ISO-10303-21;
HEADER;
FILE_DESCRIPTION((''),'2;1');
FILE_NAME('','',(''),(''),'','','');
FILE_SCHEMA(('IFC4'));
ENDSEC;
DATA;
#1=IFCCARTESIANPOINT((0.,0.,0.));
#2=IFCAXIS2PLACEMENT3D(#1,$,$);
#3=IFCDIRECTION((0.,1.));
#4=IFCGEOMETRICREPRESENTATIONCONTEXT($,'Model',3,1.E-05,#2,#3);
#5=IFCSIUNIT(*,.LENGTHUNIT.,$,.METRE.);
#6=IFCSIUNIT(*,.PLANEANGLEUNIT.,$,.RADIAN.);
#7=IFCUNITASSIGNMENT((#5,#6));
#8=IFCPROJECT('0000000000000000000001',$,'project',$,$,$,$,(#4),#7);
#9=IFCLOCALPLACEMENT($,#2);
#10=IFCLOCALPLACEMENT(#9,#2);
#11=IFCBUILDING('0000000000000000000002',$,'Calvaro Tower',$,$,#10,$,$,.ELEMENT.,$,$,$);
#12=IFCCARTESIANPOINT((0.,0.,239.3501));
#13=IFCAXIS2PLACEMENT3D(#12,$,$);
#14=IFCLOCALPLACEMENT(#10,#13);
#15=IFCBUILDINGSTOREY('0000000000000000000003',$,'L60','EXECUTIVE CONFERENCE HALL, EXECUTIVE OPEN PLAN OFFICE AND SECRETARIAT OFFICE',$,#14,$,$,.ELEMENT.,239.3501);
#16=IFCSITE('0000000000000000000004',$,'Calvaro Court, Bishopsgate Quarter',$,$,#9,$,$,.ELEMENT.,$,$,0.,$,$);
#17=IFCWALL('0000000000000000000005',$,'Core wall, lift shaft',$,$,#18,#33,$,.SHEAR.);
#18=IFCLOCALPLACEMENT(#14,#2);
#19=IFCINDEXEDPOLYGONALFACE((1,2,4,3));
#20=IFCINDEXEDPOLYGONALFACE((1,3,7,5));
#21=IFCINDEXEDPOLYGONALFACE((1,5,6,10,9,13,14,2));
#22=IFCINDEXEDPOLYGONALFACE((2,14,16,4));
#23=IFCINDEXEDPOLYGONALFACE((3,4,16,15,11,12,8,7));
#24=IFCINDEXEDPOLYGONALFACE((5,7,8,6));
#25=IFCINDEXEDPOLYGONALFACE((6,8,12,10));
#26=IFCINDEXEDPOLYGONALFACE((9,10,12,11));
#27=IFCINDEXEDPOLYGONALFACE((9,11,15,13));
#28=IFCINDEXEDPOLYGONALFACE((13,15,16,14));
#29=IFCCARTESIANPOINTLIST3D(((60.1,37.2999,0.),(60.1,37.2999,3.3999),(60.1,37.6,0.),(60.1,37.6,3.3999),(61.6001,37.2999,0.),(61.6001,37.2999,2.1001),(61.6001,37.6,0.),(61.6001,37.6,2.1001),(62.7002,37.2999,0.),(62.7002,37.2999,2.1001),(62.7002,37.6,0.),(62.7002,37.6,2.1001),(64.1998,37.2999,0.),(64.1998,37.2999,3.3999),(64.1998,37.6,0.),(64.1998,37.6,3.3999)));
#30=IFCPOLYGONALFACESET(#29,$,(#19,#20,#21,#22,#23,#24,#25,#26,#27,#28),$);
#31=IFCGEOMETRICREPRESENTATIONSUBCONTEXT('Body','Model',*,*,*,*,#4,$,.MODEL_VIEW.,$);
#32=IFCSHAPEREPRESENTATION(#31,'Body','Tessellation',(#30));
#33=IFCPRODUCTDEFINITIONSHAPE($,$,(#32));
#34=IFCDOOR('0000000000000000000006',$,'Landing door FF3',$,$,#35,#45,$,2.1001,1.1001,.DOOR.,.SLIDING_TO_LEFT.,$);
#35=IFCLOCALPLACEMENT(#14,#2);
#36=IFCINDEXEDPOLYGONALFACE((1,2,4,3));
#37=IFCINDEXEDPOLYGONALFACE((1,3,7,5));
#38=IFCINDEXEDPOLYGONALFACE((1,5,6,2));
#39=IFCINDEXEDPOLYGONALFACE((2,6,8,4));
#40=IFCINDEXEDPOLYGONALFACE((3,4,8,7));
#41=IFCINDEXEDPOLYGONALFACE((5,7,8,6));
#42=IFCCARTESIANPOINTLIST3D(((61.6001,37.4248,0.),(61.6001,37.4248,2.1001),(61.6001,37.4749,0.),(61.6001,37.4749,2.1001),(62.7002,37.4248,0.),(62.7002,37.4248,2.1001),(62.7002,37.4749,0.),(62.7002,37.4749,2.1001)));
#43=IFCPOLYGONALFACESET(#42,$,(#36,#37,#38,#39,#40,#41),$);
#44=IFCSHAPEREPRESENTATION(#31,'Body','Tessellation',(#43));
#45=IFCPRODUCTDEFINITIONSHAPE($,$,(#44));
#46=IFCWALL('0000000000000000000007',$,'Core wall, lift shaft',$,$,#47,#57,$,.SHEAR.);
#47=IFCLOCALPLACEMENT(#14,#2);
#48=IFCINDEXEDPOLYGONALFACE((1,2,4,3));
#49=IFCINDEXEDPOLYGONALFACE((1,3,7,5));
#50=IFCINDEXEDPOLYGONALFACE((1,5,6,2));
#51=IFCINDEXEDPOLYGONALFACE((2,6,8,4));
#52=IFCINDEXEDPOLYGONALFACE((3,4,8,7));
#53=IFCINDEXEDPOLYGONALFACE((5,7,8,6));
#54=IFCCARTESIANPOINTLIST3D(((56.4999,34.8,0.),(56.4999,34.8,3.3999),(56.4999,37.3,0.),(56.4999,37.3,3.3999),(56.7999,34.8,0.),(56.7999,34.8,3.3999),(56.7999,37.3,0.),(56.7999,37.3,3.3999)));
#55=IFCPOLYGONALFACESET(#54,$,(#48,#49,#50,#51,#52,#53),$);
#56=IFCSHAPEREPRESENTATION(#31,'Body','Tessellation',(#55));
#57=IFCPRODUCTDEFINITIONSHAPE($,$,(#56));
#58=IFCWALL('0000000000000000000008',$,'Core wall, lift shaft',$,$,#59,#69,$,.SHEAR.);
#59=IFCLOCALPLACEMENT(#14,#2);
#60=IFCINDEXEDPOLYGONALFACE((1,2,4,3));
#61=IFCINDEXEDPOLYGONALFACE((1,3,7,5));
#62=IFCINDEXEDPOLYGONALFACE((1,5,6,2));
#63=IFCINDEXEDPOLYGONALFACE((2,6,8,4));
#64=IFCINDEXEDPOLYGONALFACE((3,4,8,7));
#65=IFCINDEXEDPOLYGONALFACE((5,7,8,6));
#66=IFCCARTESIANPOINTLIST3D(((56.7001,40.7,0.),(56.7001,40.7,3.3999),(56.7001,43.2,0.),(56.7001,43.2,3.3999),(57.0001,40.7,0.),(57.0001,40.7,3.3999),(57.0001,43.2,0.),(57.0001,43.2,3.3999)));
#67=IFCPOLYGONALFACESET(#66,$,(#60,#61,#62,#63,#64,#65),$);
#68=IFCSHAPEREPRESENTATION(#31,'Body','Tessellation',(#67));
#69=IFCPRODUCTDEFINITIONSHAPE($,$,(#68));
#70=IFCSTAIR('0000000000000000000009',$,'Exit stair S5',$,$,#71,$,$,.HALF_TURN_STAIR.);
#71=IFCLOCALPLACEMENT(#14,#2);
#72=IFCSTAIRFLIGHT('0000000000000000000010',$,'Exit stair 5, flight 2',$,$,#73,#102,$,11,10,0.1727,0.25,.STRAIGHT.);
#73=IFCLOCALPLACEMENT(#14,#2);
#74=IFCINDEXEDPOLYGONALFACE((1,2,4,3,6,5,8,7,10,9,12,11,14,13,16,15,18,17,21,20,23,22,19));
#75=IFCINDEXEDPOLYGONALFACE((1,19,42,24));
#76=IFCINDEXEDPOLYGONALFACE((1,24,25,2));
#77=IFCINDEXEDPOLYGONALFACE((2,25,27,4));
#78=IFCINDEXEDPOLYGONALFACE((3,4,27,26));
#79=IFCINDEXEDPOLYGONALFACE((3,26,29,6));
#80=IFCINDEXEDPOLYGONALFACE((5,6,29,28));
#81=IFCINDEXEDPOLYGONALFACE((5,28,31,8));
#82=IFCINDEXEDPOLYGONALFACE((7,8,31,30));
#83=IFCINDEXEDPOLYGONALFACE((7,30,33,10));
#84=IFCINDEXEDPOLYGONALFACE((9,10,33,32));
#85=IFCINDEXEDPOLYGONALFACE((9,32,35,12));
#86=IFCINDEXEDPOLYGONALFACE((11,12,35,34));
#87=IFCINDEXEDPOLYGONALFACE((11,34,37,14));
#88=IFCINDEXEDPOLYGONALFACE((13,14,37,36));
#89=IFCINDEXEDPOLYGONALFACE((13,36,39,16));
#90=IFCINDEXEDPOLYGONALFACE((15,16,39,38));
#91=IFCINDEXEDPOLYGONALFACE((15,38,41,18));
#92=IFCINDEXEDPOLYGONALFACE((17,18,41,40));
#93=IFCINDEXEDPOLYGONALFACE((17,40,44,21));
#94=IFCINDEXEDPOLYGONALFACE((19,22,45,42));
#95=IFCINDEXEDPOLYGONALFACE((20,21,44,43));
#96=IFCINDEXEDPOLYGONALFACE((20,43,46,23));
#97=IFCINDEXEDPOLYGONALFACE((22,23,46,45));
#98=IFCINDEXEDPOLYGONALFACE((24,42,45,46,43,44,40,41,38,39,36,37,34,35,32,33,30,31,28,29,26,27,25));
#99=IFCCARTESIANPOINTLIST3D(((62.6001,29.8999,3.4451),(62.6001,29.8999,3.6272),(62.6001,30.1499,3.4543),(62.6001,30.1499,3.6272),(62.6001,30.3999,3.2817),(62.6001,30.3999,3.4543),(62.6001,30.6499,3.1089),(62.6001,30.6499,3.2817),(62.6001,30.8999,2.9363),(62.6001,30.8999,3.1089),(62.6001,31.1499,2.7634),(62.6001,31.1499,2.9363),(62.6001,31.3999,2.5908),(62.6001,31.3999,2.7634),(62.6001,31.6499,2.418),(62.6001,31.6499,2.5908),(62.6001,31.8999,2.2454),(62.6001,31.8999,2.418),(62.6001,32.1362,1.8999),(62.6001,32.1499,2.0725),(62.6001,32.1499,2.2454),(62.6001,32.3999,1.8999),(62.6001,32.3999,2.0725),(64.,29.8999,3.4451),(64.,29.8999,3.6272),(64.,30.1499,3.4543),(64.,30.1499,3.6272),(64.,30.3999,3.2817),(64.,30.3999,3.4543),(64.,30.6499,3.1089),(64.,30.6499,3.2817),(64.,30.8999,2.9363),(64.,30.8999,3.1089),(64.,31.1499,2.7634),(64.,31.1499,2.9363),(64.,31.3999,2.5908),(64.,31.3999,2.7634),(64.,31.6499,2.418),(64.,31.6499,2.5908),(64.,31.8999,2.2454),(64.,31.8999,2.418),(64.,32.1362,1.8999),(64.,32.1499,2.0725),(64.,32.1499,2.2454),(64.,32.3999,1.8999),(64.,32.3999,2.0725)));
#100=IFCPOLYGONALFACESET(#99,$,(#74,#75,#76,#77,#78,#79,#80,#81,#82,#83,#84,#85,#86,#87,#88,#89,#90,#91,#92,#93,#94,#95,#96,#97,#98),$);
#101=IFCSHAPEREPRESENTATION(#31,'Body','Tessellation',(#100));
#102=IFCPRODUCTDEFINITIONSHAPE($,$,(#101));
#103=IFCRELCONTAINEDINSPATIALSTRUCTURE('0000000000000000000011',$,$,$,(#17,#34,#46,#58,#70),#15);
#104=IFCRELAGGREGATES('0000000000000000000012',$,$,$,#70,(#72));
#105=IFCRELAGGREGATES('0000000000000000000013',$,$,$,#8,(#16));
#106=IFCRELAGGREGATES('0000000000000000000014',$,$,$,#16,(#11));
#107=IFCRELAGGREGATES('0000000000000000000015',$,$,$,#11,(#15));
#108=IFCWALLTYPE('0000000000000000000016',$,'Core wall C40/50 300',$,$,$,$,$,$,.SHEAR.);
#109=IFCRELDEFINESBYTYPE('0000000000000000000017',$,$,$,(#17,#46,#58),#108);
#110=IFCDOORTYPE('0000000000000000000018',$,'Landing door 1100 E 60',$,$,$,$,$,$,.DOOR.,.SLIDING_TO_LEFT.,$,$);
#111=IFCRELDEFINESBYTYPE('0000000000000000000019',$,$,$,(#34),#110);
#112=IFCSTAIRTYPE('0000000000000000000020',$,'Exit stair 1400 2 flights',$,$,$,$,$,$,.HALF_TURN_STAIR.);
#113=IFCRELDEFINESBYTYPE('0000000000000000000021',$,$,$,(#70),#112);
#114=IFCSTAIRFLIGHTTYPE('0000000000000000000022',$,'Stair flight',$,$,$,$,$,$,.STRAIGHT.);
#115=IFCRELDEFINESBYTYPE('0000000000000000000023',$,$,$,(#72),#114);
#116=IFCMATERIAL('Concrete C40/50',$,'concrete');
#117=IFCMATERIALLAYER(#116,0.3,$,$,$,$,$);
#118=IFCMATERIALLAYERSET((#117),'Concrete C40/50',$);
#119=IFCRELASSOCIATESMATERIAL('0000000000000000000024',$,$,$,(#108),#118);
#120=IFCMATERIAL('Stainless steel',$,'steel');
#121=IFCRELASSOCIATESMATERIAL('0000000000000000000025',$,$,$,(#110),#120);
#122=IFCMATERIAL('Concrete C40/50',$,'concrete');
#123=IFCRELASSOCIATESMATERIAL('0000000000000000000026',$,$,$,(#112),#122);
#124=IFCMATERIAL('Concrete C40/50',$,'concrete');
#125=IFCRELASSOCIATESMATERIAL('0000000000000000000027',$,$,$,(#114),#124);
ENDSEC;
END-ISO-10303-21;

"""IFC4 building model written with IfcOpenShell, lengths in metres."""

from ifc_helpers import new_model, si_unit, direction, frame, frame_2d, origin, place, context, subcontext, project, spatial, polyline, rectangle, outline, extrude, material, layer, layer_set, type_object, element, fill, aggregate, save


model = new_model("IFC4")

# Units and contexts
model_context = context("Model", 3, precision=1e-05, world=origin(), true_north=direction((0.0, 1.0)))
body_context = subcontext(model_context, "Body", "Model", "MODEL_VIEW")
ifc_project = project(units=[si_unit("LENGTHUNIT", "METRE"), si_unit("PLANEANGLEUNIT", "RADIAN")], contexts=[model_context])

# Site, building, storey
site_placement = place(None, origin())
site = spatial("IfcSite", under=ifc_project, at=site_placement, Name="Calvaro Court, Bishopsgate Quarter", CompositionType="ELEMENT", RefElevation=0.0)
building_placement = place(site_placement, origin())
building = spatial("IfcBuilding", under=site, at=building_placement, Name="Calvaro Tower", CompositionType="ELEMENT")
storey_placement = place(building_placement, frame((0.0, 0.0, 239.3501)))
storey = spatial("IfcBuildingStorey", under=building, at=storey_placement, Name="L60", Description="EXECUTIVE CONFERENCE HALL, EXECUTIVE OPEN PLAN OFFICE AND SECRETARIAT OFFICE", CompositionType="ELEMENT", Elevation=239.3501)

# Shared definitions
ifc_material_1 = material(Name="Concrete C40/50", Category="concrete")
ifc_layer_1 = layer(ifc_material_1, 0.3)
ifc_layer_set_1 = layer_set([ifc_layer_1], Name="Concrete C40/50")
wall_type_1 = type_object("IfcWallType", Name="Core wall C40/50 300", PredefinedType="SHEAR", material=ifc_layer_set_1)

# Wall, opening, door
wall_1_placement = place(storey_placement, frame((60.1001, 37.45, 0.0), z_axis=(0.0, 0.0, 1.0), x_axis=(1.0, 0.0, 0.0)))
wall_1 = element("IfcWall", 1, at=wall_1_placement, inside=storey, type_object=wall_type_1, Name="Core wall, lift shaft", PredefinedType="SHEAR", context=body_context, shape_type="SweptSolid", body=[
    extrude(rectangle(XDim=4.0999, YDim=0.3, at=frame_2d((2.0498, 0.0))), origin(), (0.0, 0.0, 1.0), 3.3999),
])
opening_1_placement = place(wall_1_placement, frame((1.5, 0.0, 0.0)))
opening_1 = element("IfcOpeningElement", 2, at=opening_1_placement, cuts=wall_1, PredefinedType="OPENING", context=body_context, shape_type="SweptSolid", body=[
    extrude(rectangle(XDim=1.1001, YDim=2.1001, at=frame_2d((0.55, 1.05))), frame((0.0, 0.1599, 0.0), z_axis=(0.0, -1.0, 0.0), x_axis=(1.0, 0.0, 0.0)), (0.0, 0.0, 1.0), 0.3201),
])
ifc_material_2 = material(Name="Stainless steel", Category="steel")
door_type_1 = type_object("IfcDoorType", Name="Landing door 1100 E 60", OperationType="SLIDING_TO_LEFT", PredefinedType="DOOR", material=ifc_material_2)
door_1_placement = place(opening_1_placement, origin())
door_1 = element("IfcDoor", 3, at=door_1_placement, inside=storey, type_object=door_type_1, Name="Landing door FF3", OperationType="SLIDING_TO_LEFT", OverallHeight=2.1001, OverallWidth=1.1001, PredefinedType="DOOR", context=body_context, shape_type="SweptSolid", body=[
    extrude(rectangle(XDim=1.1001, YDim=2.1001, at=frame_2d((0.55, 1.05))), frame((0.0, 0.0249, 0.0), z_axis=(0.0, -1.0, 0.0), x_axis=(1.0, 0.0, 0.0)), (0.0, 0.0, 1.0), 0.05),
])
fill(opening_1, door_1)

# Walls
for number, where, z_axis, x_axis, name in (
    (4, (56.6499, 34.8, 0.0), (0.0, 0.0, 1.0), (0.0, 1.0, 0.0), "Core wall, lift shaft"),
    (5, (56.8501, 40.7, 0.0), (0.0, 0.0, 1.0), (0.0, 1.0, 0.0), "Core wall, lift shaft"),
):
    element("IfcWall", number, at=place(storey_placement, frame(where, z_axis=z_axis, x_axis=x_axis)), inside=storey, type_object=wall_type_1, Name=name, PredefinedType="SHEAR", context=body_context, shape_type="SweptSolid", body=[
        extrude(rectangle(XDim=2.5, YDim=0.3, at=frame_2d((1.25, 0.0))), origin(), (0.0, 0.0, 1.0), 3.3999),
    ])

# Stair, stair flight
ifc_material_3 = material(Name="Concrete C40/50", Category="concrete")
stair_type = type_object("IfcStairType", Name="Exit stair 1400 2 flights", PredefinedType="HALF_TURN_STAIR", material=ifc_material_3)
stair_placement = place(storey_placement, origin())
stair = element("IfcStair", 6, at=stair_placement, inside=storey, type_object=stair_type, Name="Exit stair S5", PredefinedType="HALF_TURN_STAIR")
ifc_material_4 = material(Name="Concrete C40/50", Category="concrete")
stair_flight_type = type_object("IfcStairFlightType", Name="Stair flight", PredefinedType="STRAIGHT", material=ifc_material_4)
stair_flight_placement = place(storey_placement, frame((63.3, 32.3999, 1.8999), z_axis=(0.0, 0.0, 1.0), x_axis=(0.0, -1.0, 0.0)))
stair_flight = element("IfcStairFlight", 7, at=stair_flight_placement, type_object=stair_flight_type, Name="Exit stair 5, flight 2", NumberOfRisers=11, NumberOfTreads=10, PredefinedType="STRAIGHT", RiserHeight=0.1727, TreadLength=0.25, context=body_context, shape_type="SweptSolid", body=[
    extrude(outline(polyline([(0.0, 0.0), (0.0, 0.1726), (0.25, 0.1726), (0.25, 0.3455), (0.5, 0.3455), (0.5, 0.5181), (0.75, 0.5181), (0.75, 0.6909), (1.0, 0.6909), (1.0, 0.8635), (1.25, 0.8635), (1.25, 1.0364), (1.5, 1.0364), (1.5, 1.209), (1.75, 1.209), (1.75, 1.3818), (2.0, 1.3818), (2.0, 1.5544), (2.25, 1.5544), (2.25, 1.7273), (2.5, 1.7273), (2.5, 1.8999), (2.5, 1.5452), (0.2637, 0.0), (0.0, 0.0)])), frame((0.0, 0.7, 0.0), z_axis=(0.0, -1.0, 0.0), x_axis=(1.0, 0.0, 0.0)), (0.0, 0.0, 1.0), 1.3999),
])
aggregate(stair, [stair_flight])

save(model, "model.ifc")
